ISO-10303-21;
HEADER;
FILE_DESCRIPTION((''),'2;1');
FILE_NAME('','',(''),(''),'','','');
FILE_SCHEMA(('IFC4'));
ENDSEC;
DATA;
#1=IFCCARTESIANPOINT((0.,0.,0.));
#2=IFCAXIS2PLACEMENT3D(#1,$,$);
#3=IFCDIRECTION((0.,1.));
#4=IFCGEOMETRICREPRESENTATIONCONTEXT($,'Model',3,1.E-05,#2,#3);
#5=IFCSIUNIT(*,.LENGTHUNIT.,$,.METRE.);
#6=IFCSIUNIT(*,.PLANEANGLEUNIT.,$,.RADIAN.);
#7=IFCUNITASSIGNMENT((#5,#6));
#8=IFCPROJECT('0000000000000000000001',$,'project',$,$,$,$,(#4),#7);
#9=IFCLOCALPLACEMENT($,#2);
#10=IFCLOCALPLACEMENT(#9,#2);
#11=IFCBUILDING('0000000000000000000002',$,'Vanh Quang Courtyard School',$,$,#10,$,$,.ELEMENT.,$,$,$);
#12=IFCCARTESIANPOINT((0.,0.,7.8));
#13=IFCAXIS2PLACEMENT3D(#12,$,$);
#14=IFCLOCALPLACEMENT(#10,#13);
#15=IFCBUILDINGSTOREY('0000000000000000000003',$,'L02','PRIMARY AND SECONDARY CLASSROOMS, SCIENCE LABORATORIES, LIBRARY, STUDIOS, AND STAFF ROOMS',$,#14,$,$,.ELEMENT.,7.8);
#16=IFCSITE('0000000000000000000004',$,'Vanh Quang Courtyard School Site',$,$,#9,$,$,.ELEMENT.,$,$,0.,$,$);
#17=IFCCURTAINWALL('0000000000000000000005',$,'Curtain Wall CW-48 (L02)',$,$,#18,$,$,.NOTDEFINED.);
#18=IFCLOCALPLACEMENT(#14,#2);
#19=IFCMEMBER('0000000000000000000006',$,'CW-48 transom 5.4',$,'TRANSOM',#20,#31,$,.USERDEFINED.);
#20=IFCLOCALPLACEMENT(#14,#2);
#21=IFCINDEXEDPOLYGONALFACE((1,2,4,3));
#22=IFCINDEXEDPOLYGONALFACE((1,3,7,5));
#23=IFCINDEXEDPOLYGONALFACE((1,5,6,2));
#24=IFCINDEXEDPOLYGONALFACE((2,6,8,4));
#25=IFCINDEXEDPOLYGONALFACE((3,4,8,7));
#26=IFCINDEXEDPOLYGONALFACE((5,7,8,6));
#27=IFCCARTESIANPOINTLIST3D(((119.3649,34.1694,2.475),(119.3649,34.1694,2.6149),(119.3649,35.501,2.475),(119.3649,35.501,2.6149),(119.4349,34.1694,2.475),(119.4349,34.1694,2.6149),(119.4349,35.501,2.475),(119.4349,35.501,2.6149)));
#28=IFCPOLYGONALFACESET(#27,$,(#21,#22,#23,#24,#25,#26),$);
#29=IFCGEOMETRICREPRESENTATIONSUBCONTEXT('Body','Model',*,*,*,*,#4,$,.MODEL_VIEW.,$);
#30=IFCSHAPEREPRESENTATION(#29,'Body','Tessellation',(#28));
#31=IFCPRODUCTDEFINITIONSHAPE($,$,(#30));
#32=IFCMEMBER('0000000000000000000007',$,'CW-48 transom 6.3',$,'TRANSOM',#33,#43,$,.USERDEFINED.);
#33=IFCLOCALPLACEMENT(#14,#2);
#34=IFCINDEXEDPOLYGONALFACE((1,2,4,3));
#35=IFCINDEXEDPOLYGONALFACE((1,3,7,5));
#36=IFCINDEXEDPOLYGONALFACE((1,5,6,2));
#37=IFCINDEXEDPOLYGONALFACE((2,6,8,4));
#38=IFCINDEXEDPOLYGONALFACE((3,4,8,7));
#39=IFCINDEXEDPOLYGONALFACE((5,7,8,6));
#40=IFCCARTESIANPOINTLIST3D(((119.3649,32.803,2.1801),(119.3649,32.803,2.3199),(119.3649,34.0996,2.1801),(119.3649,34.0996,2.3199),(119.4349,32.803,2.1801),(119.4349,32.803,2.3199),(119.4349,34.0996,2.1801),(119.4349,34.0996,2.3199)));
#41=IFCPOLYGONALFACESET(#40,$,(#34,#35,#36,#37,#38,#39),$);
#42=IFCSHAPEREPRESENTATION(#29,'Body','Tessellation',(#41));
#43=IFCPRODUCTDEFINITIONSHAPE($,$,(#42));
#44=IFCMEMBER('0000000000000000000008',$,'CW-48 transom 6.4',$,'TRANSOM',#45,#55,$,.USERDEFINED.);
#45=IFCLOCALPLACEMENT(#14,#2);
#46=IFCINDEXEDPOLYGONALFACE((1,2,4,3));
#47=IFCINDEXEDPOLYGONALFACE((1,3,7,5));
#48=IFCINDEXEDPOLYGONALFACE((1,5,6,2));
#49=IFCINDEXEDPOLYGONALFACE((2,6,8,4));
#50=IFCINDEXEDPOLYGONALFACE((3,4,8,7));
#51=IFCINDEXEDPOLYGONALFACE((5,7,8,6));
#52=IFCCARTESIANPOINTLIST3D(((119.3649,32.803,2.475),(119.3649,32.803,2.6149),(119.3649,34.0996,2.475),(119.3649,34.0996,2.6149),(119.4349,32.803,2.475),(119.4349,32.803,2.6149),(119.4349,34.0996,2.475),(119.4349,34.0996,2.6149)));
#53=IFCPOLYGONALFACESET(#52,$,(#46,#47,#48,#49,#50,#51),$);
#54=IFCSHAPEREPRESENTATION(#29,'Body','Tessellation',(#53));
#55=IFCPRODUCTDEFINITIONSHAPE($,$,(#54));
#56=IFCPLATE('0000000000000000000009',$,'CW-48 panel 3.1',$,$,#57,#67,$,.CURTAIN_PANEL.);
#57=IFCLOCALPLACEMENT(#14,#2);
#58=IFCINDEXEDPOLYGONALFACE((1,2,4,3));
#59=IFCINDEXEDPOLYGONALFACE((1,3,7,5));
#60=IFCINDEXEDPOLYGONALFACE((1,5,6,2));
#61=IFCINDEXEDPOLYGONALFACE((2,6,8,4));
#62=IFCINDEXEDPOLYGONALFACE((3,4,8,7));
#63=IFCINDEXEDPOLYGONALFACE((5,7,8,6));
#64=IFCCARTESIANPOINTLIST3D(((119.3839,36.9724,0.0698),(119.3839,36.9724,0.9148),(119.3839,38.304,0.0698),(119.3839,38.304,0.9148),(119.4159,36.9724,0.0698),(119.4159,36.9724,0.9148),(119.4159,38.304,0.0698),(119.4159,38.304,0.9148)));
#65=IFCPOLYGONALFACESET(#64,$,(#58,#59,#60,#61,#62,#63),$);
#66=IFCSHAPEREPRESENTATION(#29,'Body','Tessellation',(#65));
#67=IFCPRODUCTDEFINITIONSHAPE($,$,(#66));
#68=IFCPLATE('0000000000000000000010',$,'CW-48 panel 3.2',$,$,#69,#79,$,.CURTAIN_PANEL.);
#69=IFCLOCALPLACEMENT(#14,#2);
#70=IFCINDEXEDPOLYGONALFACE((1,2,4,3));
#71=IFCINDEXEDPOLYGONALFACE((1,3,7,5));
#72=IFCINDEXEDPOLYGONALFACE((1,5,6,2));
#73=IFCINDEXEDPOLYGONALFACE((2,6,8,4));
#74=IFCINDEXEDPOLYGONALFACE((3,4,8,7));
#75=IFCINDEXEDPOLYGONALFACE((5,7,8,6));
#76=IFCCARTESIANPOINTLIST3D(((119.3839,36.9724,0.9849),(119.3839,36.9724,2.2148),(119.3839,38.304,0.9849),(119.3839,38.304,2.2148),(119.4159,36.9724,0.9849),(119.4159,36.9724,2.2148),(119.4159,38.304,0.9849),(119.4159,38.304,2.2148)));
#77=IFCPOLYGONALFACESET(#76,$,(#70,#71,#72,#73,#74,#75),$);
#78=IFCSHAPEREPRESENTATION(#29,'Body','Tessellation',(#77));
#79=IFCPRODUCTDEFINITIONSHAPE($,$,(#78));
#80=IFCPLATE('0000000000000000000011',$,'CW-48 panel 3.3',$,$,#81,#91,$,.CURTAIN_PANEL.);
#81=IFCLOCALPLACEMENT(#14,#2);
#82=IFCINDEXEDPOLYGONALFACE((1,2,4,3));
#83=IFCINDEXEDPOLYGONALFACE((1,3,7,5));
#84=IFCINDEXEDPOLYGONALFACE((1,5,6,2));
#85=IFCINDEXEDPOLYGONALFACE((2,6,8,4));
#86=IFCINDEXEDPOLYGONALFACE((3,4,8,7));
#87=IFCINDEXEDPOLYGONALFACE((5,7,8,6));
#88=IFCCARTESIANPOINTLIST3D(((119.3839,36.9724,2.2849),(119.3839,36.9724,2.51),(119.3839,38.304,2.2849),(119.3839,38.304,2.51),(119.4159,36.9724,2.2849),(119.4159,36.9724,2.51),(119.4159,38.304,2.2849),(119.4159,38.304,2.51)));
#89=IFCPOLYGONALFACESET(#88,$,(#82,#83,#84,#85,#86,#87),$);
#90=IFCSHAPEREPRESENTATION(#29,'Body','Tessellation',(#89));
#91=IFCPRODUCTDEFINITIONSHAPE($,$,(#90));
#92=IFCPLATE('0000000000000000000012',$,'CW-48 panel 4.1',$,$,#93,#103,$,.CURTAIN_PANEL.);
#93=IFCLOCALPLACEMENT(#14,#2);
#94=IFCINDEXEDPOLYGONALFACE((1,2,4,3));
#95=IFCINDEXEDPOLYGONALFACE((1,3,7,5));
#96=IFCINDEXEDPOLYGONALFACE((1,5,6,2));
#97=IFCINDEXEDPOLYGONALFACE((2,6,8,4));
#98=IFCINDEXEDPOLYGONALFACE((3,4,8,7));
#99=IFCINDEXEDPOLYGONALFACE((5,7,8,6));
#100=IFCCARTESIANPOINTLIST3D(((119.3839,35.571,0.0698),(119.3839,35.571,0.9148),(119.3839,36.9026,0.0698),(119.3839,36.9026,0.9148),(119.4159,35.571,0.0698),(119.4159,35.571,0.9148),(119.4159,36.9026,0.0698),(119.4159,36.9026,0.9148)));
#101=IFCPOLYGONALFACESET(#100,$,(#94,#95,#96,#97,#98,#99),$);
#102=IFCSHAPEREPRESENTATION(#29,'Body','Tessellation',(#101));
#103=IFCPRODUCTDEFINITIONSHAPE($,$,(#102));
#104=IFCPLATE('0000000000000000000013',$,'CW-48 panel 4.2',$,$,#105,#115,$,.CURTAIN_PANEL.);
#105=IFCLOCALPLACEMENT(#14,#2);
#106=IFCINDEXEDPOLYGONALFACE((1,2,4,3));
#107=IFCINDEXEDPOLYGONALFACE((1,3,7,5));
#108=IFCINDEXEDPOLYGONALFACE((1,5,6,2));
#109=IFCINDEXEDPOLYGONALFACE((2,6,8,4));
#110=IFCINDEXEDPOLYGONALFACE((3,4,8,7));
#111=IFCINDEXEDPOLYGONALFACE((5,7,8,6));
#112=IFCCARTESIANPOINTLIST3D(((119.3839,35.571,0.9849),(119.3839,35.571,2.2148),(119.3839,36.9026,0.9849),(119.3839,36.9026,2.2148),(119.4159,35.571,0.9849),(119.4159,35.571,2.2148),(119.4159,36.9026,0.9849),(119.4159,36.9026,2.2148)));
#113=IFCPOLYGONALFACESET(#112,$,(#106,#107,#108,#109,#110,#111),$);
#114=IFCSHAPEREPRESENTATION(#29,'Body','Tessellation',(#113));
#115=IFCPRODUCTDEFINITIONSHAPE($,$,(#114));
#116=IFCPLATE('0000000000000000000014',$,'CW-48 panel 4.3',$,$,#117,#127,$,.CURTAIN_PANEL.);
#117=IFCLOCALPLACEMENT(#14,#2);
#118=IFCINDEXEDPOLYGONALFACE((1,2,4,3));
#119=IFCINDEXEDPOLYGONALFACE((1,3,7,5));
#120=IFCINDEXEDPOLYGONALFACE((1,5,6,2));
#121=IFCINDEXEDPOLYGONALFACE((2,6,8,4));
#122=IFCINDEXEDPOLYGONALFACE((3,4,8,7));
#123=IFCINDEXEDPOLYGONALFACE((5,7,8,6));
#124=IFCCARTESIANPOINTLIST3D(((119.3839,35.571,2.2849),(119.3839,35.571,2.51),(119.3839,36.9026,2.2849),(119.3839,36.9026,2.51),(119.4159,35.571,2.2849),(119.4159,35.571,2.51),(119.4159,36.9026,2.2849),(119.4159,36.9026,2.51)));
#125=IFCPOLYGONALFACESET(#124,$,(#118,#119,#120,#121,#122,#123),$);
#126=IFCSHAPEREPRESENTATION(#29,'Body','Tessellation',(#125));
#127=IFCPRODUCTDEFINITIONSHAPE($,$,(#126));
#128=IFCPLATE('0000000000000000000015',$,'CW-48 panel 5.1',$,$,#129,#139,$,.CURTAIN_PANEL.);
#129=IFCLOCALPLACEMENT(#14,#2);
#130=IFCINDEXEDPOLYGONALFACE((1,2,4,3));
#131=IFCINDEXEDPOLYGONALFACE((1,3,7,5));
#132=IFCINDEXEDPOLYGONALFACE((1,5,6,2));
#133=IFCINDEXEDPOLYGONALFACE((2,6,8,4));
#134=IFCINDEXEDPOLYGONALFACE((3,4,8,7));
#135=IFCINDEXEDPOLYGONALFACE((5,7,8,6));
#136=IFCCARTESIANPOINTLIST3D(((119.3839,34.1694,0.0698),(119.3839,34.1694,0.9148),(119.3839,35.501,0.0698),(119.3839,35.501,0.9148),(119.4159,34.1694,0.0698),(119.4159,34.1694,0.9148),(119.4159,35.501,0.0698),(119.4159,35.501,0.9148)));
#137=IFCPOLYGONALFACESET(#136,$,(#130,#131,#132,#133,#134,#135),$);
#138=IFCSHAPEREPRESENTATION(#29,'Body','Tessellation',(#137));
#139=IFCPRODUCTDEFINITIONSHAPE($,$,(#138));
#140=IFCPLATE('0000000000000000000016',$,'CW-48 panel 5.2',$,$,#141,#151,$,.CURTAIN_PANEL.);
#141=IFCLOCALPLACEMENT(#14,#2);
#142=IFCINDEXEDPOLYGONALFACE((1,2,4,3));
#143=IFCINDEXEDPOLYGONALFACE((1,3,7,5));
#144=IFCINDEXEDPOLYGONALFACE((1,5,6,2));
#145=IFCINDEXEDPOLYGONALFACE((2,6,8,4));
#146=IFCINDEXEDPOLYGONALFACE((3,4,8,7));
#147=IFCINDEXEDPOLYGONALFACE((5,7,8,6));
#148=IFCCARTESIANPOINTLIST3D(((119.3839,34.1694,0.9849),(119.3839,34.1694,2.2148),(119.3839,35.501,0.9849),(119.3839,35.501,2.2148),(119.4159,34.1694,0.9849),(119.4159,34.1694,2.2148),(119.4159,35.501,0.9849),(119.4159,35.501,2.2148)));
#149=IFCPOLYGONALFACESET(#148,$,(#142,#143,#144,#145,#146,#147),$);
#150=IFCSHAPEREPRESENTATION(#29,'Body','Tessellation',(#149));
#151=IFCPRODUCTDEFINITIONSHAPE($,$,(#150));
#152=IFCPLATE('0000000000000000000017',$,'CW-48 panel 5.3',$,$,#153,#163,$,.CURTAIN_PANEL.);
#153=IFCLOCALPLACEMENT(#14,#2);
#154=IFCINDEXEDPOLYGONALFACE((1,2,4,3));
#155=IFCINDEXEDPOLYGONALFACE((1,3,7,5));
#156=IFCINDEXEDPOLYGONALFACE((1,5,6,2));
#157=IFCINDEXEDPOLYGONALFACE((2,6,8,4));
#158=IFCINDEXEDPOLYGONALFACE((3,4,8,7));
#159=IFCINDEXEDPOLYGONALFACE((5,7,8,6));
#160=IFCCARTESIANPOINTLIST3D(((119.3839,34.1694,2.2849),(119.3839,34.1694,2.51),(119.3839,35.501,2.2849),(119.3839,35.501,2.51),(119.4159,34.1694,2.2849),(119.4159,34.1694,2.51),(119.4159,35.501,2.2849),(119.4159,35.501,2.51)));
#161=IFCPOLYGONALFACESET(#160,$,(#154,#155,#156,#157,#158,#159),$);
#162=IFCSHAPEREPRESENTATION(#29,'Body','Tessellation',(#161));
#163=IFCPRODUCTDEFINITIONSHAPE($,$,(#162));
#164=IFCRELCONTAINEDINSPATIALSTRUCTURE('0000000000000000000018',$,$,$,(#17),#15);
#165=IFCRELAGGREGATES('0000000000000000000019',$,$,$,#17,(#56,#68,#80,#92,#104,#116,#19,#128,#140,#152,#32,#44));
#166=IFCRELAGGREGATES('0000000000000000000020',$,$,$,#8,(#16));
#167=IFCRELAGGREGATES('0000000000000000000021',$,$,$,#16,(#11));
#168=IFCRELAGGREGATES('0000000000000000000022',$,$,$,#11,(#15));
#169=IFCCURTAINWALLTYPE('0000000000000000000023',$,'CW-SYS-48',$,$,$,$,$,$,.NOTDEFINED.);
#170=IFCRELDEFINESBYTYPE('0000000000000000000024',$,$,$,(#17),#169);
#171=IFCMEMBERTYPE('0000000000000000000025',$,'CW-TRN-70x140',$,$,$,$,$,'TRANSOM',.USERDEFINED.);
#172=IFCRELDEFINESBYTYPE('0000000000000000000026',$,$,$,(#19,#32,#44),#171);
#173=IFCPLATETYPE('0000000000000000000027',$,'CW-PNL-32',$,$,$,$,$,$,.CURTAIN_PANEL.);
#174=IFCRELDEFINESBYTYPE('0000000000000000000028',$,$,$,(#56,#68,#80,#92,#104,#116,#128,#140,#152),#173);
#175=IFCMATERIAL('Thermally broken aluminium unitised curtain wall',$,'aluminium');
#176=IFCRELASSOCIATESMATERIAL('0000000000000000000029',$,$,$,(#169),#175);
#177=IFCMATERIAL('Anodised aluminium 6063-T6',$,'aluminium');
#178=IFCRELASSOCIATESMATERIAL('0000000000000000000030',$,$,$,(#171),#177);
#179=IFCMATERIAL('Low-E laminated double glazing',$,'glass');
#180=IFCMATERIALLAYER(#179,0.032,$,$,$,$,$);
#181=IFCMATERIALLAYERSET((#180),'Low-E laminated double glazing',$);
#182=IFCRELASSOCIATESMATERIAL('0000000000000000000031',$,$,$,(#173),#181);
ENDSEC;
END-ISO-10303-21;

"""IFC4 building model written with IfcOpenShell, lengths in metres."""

from ifc_helpers import new_model, si_unit, direction, frame, origin, origin_2d, place, context, subcontext, project, spatial, rectangle, extrude, material, layer, layer_set, material_profile, profile_set, type_object, element, aggregate, save


model = new_model("IFC4")

# Units and contexts
model_context = context("Model", 3, precision=1e-05, world=origin(), true_north=direction((0.0, 1.0)))
body_context = subcontext(model_context, "Body", "Model", "MODEL_VIEW")
ifc_project = project(units=[si_unit("LENGTHUNIT", "METRE"), si_unit("PLANEANGLEUNIT", "RADIAN")], contexts=[model_context])

# Site, building, storey
site_placement = place(None, origin())
site = spatial("IfcSite", under=ifc_project, at=site_placement, Name="Vanh Quang Courtyard School Site", CompositionType="ELEMENT", RefElevation=0.0)
building_placement = place(site_placement, origin())
building = spatial("IfcBuilding", under=site, at=building_placement, Name="Vanh Quang Courtyard School", CompositionType="ELEMENT")
storey_placement = place(building_placement, frame((0.0, 0.0, 7.8)))
storey = spatial("IfcBuildingStorey", under=building, at=storey_placement, Name="L02", Description="PRIMARY AND SECONDARY CLASSROOMS, SCIENCE LABORATORIES, LIBRARY, STUDIOS, AND STAFF ROOMS", CompositionType="ELEMENT", Elevation=7.8)

# Curtain wall, members, plates
ifc_material_1 = material(Name="Thermally broken aluminium unitised curtain wall", Category="aluminium")
curtain_wall_type = type_object("IfcCurtainWallType", Name="CW-SYS-48", PredefinedType="NOTDEFINED", material=ifc_material_1)
curtain_wall_placement = place(storey_placement, origin())
curtain_wall = element("IfcCurtainWall", 1, at=curtain_wall_placement, inside=storey, type_object=curtain_wall_type, Name="Curtain Wall CW-48 (L02)", PredefinedType="NOTDEFINED")
ifc_material_2 = material(Name="Anodised aluminium 6063-T6", Category="aluminium")
ifc_material_profile_1 = material_profile(ifc_material_2, rectangle(XDim=0.0701, YDim=0.1399, at=origin_2d()), Name="ALU-TRN 70x140")
ifc_profile_set_1 = profile_set([ifc_material_profile_1], Name="Anodised aluminium 6063-T6")
member_type_1 = type_object("IfcMemberType", Name="CW-TRN-70x140", ElementType="TRANSOM", PredefinedType="USERDEFINED", material=ifc_profile_set_1)
member_1_placement = place(storey_placement, frame((119.3999, 35.501, 2.5449), z_axis=(0.0, -1.0, 0.0), x_axis=(1.0, 0.0, 0.0)))
member_1 = element("IfcMember", 2, at=member_1_placement, type_object=member_type_1, Name="CW-48 transom 5.4", ObjectType="TRANSOM", PredefinedType="USERDEFINED", context=body_context, shape_type="SweptSolid", body=[
    extrude(rectangle(XDim=0.0701, YDim=0.1399, at=origin_2d()), origin(), (0.0, 0.0, 1.0), 1.3315),
])
member_2_placement = place(storey_placement, frame((119.3999, 34.0996, 2.25), z_axis=(0.0, -1.0, 0.0), x_axis=(1.0, 0.0, 0.0)))
member_2 = element("IfcMember", 3, at=member_2_placement, type_object=member_type_1, Name="CW-48 transom 6.3", ObjectType="TRANSOM", PredefinedType="USERDEFINED", context=body_context, shape_type="SweptSolid", body=[
    extrude(rectangle(XDim=0.0701, YDim=0.1399, at=origin_2d()), origin(), (0.0, 0.0, 1.0), 1.2966),
])
member_3_placement = place(storey_placement, frame((119.3999, 34.0996, 2.5449), z_axis=(0.0, -1.0, 0.0), x_axis=(1.0, 0.0, 0.0)))
member_3 = element("IfcMember", 4, at=member_3_placement, type_object=member_type_1, Name="CW-48 transom 6.4", ObjectType="TRANSOM", PredefinedType="USERDEFINED", context=body_context, shape_type="SweptSolid", body=[
    extrude(rectangle(XDim=0.0701, YDim=0.1399, at=origin_2d()), origin(), (0.0, 0.0, 1.0), 1.2966),
])
ifc_material_3 = material(Name="Low-E laminated double glazing", Category="glass")
ifc_layer = layer(ifc_material_3, 0.032)
ifc_layer_set = layer_set([ifc_layer], Name="Low-E laminated double glazing")
plate_type = type_object("IfcPlateType", Name="CW-PNL-32", PredefinedType="CURTAIN_PANEL", material=ifc_layer_set)
plate_1_placement = place(storey_placement, frame((119.3999, 37.6382, 0.0698), z_axis=(0.0, 0.0, 1.0), x_axis=(0.0, -1.0, 0.0)))
plate_1 = element("IfcPlate", 5, at=plate_1_placement, type_object=plate_type, Name="CW-48 panel 3.1", PredefinedType="CURTAIN_PANEL", context=body_context, shape_type="SweptSolid", body=[
    extrude(rectangle(XDim=1.3315, YDim=0.032, at=origin_2d()), origin(), (0.0, 0.0, 1.0), 0.845),
])
plate_2_placement = place(storey_placement, frame((119.3999, 37.6382, 0.9849), z_axis=(0.0, 0.0, 1.0), x_axis=(0.0, -1.0, 0.0)))
plate_2 = element("IfcPlate", 6, at=plate_2_placement, type_object=plate_type, Name="CW-48 panel 3.2", PredefinedType="CURTAIN_PANEL", context=body_context, shape_type="SweptSolid", body=[
    extrude(rectangle(XDim=1.3315, YDim=0.032, at=origin_2d()), origin(), (0.0, 0.0, 1.0), 1.23),
])
plate_3_placement = place(storey_placement, frame((119.3999, 37.6382, 2.2849), z_axis=(0.0, 0.0, 1.0), x_axis=(0.0, -1.0, 0.0)))
plate_3 = element("IfcPlate", 7, at=plate_3_placement, type_object=plate_type, Name="CW-48 panel 3.3", PredefinedType="CURTAIN_PANEL", context=body_context, shape_type="SweptSolid", body=[
    extrude(rectangle(XDim=1.3315, YDim=0.032, at=origin_2d()), origin(), (0.0, 0.0, 1.0), 0.2251),
])
plate_4_placement = place(storey_placement, frame((119.3999, 36.2368, 0.0698), z_axis=(0.0, 0.0, 1.0), x_axis=(0.0, -1.0, 0.0)))
plate_4 = element("IfcPlate", 8, at=plate_4_placement, type_object=plate_type, Name="CW-48 panel 4.1", PredefinedType="CURTAIN_PANEL", context=body_context, shape_type="SweptSolid", body=[
    extrude(rectangle(XDim=1.3315, YDim=0.032, at=origin_2d()), origin(), (0.0, 0.0, 1.0), 0.845),
])
plate_5_placement = place(storey_placement, frame((119.3999, 36.2368, 0.9849), z_axis=(0.0, 0.0, 1.0), x_axis=(0.0, -1.0, 0.0)))
plate_5 = element("IfcPlate", 9, at=plate_5_placement, type_object=plate_type, Name="CW-48 panel 4.2", PredefinedType="CURTAIN_PANEL", context=body_context, shape_type="SweptSolid", body=[
    extrude(rectangle(XDim=1.3315, YDim=0.032, at=origin_2d()), origin(), (0.0, 0.0, 1.0), 1.23),
])
plate_6_placement = place(storey_placement, frame((119.3999, 36.2368, 2.2849), z_axis=(0.0, 0.0, 1.0), x_axis=(0.0, -1.0, 0.0)))
plate_6 = element("IfcPlate", 10, at=plate_6_placement, type_object=plate_type, Name="CW-48 panel 4.3", PredefinedType="CURTAIN_PANEL", context=body_context, shape_type="SweptSolid", body=[
    extrude(rectangle(XDim=1.3315, YDim=0.032, at=origin_2d()), origin(), (0.0, 0.0, 1.0), 0.2251),
])
plate_7_placement = place(storey_placement, frame((119.3999, 34.8352, 0.0698), z_axis=(0.0, 0.0, 1.0), x_axis=(0.0, -1.0, 0.0)))
plate_7 = element("IfcPlate", 11, at=plate_7_placement, type_object=plate_type, Name="CW-48 panel 5.1", PredefinedType="CURTAIN_PANEL", context=body_context, shape_type="SweptSolid", body=[
    extrude(rectangle(XDim=1.3315, YDim=0.032, at=origin_2d()), origin(), (0.0, 0.0, 1.0), 0.845),
])
plate_8_placement = place(storey_placement, frame((119.3999, 34.8352, 0.9849), z_axis=(0.0, 0.0, 1.0), x_axis=(0.0, -1.0, 0.0)))
plate_8 = element("IfcPlate", 12, at=plate_8_placement, type_object=plate_type, Name="CW-48 panel 5.2", PredefinedType="CURTAIN_PANEL", context=body_context, shape_type="SweptSolid", body=[
    extrude(rectangle(XDim=1.3315, YDim=0.032, at=origin_2d()), origin(), (0.0, 0.0, 1.0), 1.23),
])
plate_9_placement = place(storey_placement, frame((119.3999, 34.8352, 2.2849), z_axis=(0.0, 0.0, 1.0), x_axis=(0.0, -1.0, 0.0)))
plate_9 = element("IfcPlate", 13, at=plate_9_placement, type_object=plate_type, Name="CW-48 panel 5.3", PredefinedType="CURTAIN_PANEL", context=body_context, shape_type="SweptSolid", body=[
    extrude(rectangle(XDim=1.3315, YDim=0.032, at=origin_2d()), origin(), (0.0, 0.0, 1.0), 0.2251),
])
aggregate(curtain_wall, [plate_1, plate_2, plate_3, plate_4, plate_5, plate_6, member_1, plate_7, plate_8, plate_9, member_2, member_3])

save(model, "model.ifc")
